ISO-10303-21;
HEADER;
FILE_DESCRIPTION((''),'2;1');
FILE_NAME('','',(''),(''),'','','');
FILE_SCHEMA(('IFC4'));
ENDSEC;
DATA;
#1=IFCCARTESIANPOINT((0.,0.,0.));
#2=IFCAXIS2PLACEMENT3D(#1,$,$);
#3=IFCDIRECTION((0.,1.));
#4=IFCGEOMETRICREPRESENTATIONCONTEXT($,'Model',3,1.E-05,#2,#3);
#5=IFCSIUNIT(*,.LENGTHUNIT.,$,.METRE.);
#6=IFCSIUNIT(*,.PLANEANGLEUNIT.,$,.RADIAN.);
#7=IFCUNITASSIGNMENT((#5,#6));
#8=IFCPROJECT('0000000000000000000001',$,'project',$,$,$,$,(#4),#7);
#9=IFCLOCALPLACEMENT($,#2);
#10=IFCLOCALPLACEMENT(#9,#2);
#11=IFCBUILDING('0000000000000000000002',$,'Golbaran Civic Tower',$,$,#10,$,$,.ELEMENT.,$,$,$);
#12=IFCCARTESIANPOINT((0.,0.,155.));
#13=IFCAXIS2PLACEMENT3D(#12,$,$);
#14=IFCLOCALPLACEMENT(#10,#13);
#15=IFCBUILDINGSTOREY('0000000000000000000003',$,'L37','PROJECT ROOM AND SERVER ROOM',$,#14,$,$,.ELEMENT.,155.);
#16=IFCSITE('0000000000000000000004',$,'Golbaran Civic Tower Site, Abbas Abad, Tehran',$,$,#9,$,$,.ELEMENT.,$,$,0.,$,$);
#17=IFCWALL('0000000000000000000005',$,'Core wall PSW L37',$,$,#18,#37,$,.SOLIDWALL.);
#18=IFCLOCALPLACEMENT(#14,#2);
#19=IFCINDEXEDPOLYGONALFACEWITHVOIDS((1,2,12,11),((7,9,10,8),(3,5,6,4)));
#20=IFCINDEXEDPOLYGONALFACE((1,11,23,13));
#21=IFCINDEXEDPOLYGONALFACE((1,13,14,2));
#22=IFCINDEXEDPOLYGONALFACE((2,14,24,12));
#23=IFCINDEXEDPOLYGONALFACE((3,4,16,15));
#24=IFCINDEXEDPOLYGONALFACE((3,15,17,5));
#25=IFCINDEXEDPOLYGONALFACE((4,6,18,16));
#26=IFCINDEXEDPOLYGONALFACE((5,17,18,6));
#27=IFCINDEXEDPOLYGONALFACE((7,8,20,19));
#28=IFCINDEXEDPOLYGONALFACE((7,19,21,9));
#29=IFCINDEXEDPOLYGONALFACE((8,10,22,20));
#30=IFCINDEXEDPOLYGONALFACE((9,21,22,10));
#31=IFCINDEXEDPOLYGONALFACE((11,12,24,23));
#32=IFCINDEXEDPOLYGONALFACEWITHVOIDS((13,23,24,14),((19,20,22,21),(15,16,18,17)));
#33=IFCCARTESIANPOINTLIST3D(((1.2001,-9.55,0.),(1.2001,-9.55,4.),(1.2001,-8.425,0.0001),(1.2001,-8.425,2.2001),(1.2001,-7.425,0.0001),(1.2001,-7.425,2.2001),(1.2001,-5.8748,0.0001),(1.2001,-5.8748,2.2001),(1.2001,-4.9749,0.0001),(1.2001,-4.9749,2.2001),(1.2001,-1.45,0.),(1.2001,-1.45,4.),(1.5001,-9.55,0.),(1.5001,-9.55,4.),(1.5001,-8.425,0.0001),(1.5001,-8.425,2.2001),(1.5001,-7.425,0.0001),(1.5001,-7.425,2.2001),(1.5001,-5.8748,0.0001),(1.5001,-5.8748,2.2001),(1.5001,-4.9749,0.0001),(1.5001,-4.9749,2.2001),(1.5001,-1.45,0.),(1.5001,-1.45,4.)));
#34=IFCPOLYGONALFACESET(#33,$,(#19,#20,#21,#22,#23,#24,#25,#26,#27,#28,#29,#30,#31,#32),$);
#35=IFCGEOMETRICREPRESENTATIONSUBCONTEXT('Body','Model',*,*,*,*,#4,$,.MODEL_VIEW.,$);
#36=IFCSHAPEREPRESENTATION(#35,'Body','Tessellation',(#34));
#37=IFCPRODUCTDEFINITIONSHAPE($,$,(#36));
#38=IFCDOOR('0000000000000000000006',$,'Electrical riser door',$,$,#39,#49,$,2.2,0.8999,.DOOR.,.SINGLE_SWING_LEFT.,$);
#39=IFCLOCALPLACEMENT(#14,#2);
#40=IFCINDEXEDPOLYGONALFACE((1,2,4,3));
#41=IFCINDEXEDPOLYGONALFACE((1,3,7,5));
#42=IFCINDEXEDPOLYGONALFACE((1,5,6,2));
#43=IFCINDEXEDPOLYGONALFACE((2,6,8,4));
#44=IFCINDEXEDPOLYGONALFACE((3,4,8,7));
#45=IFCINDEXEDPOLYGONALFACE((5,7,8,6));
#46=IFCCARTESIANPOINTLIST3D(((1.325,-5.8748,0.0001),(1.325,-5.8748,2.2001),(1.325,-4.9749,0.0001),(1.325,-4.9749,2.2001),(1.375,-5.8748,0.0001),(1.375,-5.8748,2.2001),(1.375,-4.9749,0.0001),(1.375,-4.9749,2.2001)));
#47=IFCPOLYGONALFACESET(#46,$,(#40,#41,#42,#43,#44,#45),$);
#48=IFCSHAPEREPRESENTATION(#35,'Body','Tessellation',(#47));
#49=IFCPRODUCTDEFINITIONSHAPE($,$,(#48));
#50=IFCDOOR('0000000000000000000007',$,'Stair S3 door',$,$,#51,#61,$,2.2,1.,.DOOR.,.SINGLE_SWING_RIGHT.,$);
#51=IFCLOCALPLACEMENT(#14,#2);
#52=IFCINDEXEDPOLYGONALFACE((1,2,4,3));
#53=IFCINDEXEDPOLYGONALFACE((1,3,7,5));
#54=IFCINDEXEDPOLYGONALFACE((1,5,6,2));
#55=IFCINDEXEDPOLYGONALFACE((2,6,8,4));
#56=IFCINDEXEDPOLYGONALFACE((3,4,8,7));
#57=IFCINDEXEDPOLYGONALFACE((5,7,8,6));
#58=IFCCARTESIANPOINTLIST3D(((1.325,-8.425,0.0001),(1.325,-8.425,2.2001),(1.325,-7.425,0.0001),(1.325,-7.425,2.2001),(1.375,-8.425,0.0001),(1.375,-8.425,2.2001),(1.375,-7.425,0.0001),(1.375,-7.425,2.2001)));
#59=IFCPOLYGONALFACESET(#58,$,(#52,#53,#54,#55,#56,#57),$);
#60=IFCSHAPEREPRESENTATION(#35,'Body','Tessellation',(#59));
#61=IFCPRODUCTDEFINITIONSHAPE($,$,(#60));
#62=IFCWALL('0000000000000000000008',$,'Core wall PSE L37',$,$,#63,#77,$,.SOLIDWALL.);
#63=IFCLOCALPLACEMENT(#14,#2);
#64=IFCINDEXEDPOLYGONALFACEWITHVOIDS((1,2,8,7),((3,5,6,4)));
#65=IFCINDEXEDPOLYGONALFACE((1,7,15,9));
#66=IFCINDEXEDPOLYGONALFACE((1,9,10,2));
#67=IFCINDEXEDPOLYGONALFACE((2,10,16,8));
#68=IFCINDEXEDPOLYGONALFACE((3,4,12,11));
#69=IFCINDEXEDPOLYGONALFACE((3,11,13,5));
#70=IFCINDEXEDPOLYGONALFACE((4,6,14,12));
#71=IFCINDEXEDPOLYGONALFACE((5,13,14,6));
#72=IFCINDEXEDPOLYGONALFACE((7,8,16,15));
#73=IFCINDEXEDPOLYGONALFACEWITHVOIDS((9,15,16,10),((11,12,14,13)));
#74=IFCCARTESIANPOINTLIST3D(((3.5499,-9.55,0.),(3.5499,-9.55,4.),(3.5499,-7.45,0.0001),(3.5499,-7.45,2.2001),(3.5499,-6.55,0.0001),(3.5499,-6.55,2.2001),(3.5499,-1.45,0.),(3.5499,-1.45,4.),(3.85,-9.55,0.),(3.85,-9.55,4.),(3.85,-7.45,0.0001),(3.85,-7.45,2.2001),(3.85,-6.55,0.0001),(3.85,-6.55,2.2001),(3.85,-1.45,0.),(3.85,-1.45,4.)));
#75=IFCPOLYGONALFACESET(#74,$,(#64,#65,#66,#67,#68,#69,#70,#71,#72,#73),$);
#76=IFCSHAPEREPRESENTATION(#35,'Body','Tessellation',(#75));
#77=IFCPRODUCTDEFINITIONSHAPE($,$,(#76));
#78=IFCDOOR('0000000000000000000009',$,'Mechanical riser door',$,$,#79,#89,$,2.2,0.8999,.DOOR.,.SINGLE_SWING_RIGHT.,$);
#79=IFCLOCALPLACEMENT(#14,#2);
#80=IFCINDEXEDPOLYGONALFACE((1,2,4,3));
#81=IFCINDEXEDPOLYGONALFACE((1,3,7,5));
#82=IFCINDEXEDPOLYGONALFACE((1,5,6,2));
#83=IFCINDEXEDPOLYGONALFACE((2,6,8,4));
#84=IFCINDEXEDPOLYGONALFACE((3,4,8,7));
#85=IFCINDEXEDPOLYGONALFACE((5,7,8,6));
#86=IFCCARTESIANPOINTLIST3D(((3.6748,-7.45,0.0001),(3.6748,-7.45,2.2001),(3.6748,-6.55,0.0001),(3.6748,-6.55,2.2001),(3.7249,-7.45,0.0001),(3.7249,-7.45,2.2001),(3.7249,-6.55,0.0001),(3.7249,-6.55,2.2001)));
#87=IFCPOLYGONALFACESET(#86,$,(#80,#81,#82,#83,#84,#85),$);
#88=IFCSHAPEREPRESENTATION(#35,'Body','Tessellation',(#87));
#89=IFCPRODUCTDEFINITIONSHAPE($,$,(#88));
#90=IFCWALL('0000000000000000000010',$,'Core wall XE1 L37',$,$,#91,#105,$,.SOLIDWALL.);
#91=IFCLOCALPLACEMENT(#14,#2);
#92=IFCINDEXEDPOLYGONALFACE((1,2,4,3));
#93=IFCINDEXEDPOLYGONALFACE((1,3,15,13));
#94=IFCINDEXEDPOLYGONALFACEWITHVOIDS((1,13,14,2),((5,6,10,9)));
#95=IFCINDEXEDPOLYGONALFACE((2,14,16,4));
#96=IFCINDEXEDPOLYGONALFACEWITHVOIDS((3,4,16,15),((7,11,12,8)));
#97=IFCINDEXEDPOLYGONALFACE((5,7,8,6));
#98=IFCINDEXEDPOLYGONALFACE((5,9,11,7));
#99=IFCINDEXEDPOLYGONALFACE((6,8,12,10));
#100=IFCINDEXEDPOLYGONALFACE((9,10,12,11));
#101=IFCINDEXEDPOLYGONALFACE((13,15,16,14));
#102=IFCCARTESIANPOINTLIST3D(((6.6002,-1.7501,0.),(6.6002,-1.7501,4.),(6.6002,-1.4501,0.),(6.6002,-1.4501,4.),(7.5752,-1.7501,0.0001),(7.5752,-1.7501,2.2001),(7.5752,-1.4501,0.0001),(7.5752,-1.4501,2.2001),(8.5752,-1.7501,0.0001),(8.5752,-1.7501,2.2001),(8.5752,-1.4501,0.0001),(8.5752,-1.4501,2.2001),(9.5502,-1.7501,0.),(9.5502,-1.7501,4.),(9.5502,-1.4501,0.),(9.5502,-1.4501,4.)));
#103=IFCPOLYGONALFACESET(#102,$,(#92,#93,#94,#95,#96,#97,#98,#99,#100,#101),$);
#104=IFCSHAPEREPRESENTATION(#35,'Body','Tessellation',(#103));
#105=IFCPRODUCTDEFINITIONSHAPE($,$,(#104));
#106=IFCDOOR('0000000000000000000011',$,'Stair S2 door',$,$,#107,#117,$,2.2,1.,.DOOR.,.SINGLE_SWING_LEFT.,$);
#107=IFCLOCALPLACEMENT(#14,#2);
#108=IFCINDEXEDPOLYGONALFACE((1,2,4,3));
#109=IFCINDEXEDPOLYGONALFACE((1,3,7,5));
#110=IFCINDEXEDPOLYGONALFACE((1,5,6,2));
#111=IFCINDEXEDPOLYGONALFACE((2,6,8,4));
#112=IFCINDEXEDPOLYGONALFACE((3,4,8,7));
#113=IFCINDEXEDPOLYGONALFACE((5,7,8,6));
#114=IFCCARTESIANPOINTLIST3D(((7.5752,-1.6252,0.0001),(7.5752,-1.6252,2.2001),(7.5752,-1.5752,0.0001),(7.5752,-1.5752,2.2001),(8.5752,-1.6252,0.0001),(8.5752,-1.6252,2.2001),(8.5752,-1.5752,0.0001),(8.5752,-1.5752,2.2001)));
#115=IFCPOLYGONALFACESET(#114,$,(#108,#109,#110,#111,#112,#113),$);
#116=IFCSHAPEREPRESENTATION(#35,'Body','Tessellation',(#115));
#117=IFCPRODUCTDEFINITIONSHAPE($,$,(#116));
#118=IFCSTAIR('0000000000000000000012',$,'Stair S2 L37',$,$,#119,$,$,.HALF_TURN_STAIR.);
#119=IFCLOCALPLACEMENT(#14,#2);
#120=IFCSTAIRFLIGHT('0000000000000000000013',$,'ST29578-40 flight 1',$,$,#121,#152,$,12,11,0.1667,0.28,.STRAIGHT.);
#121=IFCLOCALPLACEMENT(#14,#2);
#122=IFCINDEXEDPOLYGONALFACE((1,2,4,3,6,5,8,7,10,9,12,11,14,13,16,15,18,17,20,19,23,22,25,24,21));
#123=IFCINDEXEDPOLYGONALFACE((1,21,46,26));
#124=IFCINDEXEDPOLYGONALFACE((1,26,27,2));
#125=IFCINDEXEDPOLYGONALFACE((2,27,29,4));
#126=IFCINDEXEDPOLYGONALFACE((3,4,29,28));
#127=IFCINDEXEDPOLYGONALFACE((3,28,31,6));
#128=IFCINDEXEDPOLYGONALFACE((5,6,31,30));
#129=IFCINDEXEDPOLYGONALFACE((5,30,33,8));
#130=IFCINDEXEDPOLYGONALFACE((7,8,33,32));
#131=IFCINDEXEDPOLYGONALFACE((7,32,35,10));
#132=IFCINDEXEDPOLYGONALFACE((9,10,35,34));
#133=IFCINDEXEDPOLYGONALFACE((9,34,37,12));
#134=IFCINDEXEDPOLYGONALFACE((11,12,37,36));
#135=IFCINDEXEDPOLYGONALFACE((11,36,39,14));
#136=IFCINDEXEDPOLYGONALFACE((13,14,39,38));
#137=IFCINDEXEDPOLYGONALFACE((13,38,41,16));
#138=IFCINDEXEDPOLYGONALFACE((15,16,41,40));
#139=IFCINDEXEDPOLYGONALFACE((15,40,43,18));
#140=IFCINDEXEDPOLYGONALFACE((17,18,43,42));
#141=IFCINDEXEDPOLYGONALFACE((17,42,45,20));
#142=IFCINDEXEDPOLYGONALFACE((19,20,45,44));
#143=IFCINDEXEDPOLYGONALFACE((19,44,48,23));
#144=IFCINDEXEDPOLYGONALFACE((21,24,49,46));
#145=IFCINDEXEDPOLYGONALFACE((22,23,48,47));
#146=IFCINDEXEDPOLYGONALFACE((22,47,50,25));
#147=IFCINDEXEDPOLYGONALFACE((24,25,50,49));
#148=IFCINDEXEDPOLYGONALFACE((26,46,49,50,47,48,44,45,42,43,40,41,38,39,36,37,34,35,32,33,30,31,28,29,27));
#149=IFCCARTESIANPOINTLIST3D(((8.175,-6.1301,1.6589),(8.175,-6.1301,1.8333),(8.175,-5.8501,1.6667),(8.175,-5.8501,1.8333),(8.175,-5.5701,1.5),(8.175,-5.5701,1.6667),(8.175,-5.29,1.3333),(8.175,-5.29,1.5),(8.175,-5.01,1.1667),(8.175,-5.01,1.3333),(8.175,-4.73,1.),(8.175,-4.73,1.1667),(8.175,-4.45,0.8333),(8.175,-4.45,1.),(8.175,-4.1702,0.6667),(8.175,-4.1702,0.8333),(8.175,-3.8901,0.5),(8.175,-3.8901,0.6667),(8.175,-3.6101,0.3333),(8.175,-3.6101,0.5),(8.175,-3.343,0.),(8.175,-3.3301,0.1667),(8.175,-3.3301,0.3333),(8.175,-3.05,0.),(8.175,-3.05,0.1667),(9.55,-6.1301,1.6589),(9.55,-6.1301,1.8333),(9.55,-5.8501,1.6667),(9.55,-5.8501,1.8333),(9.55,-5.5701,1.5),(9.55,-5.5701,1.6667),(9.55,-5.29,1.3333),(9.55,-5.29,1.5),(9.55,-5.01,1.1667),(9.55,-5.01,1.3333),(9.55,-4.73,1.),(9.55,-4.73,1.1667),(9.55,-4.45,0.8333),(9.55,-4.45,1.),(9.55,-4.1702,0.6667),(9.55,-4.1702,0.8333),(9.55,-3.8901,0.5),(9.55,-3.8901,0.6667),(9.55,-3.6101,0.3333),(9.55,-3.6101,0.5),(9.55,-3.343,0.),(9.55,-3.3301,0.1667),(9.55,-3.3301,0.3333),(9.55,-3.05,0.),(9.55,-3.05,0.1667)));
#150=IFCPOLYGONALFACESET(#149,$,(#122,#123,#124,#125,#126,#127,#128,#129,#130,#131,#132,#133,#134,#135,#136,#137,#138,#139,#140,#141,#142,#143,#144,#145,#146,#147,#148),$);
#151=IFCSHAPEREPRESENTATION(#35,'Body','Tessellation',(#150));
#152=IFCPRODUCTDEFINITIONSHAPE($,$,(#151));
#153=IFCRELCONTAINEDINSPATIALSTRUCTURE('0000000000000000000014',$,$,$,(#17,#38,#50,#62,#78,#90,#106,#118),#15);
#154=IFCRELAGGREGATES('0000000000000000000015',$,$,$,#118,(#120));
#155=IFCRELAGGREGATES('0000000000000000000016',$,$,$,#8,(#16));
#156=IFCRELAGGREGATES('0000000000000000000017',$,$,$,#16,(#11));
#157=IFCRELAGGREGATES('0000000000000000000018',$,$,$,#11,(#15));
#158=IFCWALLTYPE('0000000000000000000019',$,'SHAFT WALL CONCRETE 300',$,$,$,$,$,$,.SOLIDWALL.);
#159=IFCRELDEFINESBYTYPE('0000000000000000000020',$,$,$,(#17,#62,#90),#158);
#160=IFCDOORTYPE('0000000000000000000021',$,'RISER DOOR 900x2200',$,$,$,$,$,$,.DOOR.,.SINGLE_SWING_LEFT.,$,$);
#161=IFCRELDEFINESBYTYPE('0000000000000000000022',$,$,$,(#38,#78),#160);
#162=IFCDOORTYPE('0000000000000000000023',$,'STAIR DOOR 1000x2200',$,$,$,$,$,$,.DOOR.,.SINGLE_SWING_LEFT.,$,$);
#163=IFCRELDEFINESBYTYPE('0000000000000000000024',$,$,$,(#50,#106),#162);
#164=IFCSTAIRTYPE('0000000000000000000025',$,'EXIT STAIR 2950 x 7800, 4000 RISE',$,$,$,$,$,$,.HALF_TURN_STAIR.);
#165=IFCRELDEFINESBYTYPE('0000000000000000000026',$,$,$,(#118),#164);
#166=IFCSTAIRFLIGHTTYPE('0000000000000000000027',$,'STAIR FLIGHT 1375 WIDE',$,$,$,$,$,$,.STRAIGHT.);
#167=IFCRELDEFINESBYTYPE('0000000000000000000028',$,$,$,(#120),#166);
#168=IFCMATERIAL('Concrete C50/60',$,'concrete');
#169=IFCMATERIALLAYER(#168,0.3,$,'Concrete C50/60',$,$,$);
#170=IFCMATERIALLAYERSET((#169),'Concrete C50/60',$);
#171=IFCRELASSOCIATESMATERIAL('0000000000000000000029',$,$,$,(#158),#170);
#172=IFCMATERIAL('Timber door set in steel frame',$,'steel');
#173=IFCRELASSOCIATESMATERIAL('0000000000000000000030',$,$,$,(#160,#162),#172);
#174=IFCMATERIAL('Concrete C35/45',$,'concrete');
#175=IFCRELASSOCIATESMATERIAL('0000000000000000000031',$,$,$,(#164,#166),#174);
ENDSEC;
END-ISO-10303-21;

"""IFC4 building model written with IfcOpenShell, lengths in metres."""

from ifc_helpers import new_model, si_unit, direction, frame, frame_2d, origin, place, context, subcontext, project, spatial, polyline, rectangle, outline, extrude, material, layer, layer_set, type_object, element, fill, aggregate, save


model = new_model("IFC4")

# Units and contexts
model_context = context("Model", 3, precision=1e-05, world=origin(), true_north=direction((0.0, 1.0)))
body_context = subcontext(model_context, "Body", "Model", "MODEL_VIEW")
ifc_project = project(units=[si_unit("LENGTHUNIT", "METRE"), si_unit("PLANEANGLEUNIT", "RADIAN")], contexts=[model_context])

# Site, building, storey
site_placement = place(None, origin())
site = spatial("IfcSite", under=ifc_project, at=site_placement, Name="Golbaran Civic Tower Site, Abbas Abad, Tehran", CompositionType="ELEMENT", RefElevation=0.0)
building_placement = place(site_placement, origin())
building = spatial("IfcBuilding", under=site, at=building_placement, Name="Golbaran Civic Tower", CompositionType="ELEMENT")
storey_placement = place(building_placement, frame((0.0, 0.0, 155.0)))
storey = spatial("IfcBuildingStorey", under=building, at=storey_placement, Name="L37", Description="PROJECT ROOM AND SERVER ROOM", CompositionType="ELEMENT", Elevation=155.0)

# Shared definitions
ifc_material_1 = material(Name="Concrete C35/45", Category="concrete")

# Shared definitions
ifc_material_2 = material(Name="Concrete C50/60", Category="concrete")
ifc_layer_1 = layer(ifc_material_2, 0.3, Name="Concrete C50/60")
ifc_layer_set_1 = layer_set([ifc_layer_1], Name="Concrete C50/60")
wall_type = type_object("IfcWallType", Name="SHAFT WALL CONCRETE 300", PredefinedType="SOLIDWALL", material=ifc_layer_set_1)

# Wall, openings, doors
wall_1_placement = place(storey_placement, frame((1.3501, -1.45, 0.0), z_axis=(0.0, 0.0, 1.0), x_axis=(0.0, -1.0, 0.0)))
wall_1 = element("IfcWall", 1, at=wall_1_placement, inside=storey, type_object=wall_type, Name="Core wall PSW L37", PredefinedType="SOLIDWALL", context=body_context, shape_type="SweptSolid", body=[
    extrude(rectangle(XDim=8.1001, YDim=0.3, at=frame_2d((4.05, 0.0))), origin(), (0.0, 0.0, 1.0), 4.0),
])
opening_1_placement = place(wall_1_placement, frame((5.9751, 0.0, 0.0)))
opening_1 = element("IfcOpeningElement", 2, at=opening_1_placement, cuts=wall_1, PredefinedType="OPENING", context=body_context, shape_type="SweptSolid", body=[
    extrude(rectangle(XDim=1.0, YDim=2.2, at=frame_2d((0.5, 1.1001))), frame((0.0, 0.1599, 0.0), z_axis=(0.0, -1.0, 0.0), x_axis=(1.0, 0.0, 0.0)), (0.0, 0.0, 1.0), 0.3201),
])
opening_2_placement = place(wall_1_placement, frame((3.5249, 0.0, 0.0)))
opening_2 = element("IfcOpeningElement", 3, at=opening_2_placement, cuts=wall_1, PredefinedType="OPENING", context=body_context, shape_type="SweptSolid", body=[
    extrude(rectangle(XDim=0.8999, YDim=2.2, at=frame_2d((0.45, 1.1001))), frame((0.0, 0.1599, 0.0), z_axis=(0.0, -1.0, 0.0), x_axis=(1.0, 0.0, 0.0)), (0.0, 0.0, 1.0), 0.3201),
])
ifc_material_3 = material(Name="Timber door set in steel frame", Category="steel")
door_type_1 = type_object("IfcDoorType", Name="RISER DOOR 900x2200", OperationType="SINGLE_SWING_LEFT", PredefinedType="DOOR", material=ifc_material_3)
door_1_placement = place(opening_2_placement, origin())
door_1 = element("IfcDoor", 4, at=door_1_placement, inside=storey, type_object=door_type_1, Name="Electrical riser door", OperationType="SINGLE_SWING_LEFT", OverallHeight=2.2, OverallWidth=0.8999, PredefinedType="DOOR", context=body_context, shape_type="SweptSolid", body=[
    extrude(rectangle(XDim=0.8999, YDim=2.2, at=frame_2d((0.45, 1.1001))), frame((0.0, 0.0249, 0.0), z_axis=(0.0, -1.0, 0.0), x_axis=(1.0, 0.0, 0.0)), (0.0, 0.0, 1.0), 0.05),
])
fill(opening_2, door_1)
door_type_2 = type_object("IfcDoorType", Name="STAIR DOOR 1000x2200", OperationType="SINGLE_SWING_LEFT", PredefinedType="DOOR", material=ifc_material_3)
door_2_placement = place(opening_1_placement, origin())
door_2 = element("IfcDoor", 5, at=door_2_placement, inside=storey, type_object=door_type_2, Name="Stair S3 door", OperationType="SINGLE_SWING_RIGHT", OverallHeight=2.2, OverallWidth=1.0, PredefinedType="DOOR", context=body_context, shape_type="SweptSolid", body=[
    extrude(rectangle(XDim=1.0, YDim=2.2, at=frame_2d((0.5, 1.1001))), frame((0.0, 0.0249, 0.0), z_axis=(0.0, -1.0, 0.0), x_axis=(1.0, 0.0, 0.0)), (0.0, 0.0, 1.0), 0.05),
])
fill(opening_1, door_2)

# Walls, openings, doors
wall_2_placement = place(storey_placement, frame((3.7, -1.45, 0.0), z_axis=(0.0, 0.0, 1.0), x_axis=(0.0, -1.0, 0.0)))
wall_2 = element("IfcWall", 6, at=wall_2_placement, inside=storey, type_object=wall_type, Name="Core wall PSE L37", PredefinedType="SOLIDWALL", context=body_context, shape_type="SweptSolid", body=[
    extrude(rectangle(XDim=8.1001, YDim=0.3, at=frame_2d((4.05, 0.0))), origin(), (0.0, 0.0, 1.0), 4.0),
])
opening_3_placement = place(wall_2_placement, frame((5.1001, 0.0, 0.0)))
opening_3 = element("IfcOpeningElement", 7, at=opening_3_placement, cuts=wall_2, PredefinedType="OPENING", context=body_context, shape_type="SweptSolid", body=[
    extrude(rectangle(XDim=0.8999, YDim=2.2, at=frame_2d((0.45, 1.1001))), frame((0.0, 0.1599, 0.0), z_axis=(0.0, -1.0, 0.0), x_axis=(1.0, 0.0, 0.0)), (0.0, 0.0, 1.0), 0.3201),
])
door_3_placement = place(opening_3_placement, origin())
door_3 = element("IfcDoor", 8, at=door_3_placement, inside=storey, type_object=door_type_1, Name="Mechanical riser door", OperationType="SINGLE_SWING_RIGHT", OverallHeight=2.2, OverallWidth=0.8999, PredefinedType="DOOR", context=body_context, shape_type="SweptSolid", body=[
    extrude(rectangle(XDim=0.8999, YDim=2.2, at=frame_2d((0.45, 1.1001))), frame((0.0, 0.0249, 0.0), z_axis=(0.0, -1.0, 0.0), x_axis=(1.0, 0.0, 0.0)), (0.0, 0.0, 1.0), 0.05),
])
fill(opening_3, door_3)
wall_3_placement = place(storey_placement, frame((6.6001, -1.6001, 0.0), z_axis=(0.0, 0.0, 1.0), x_axis=(1.0, 0.0, 0.0)))
wall_3 = element("IfcWall", 9, at=wall_3_placement, inside=storey, type_object=wall_type, Name="Core wall XE1 L37", PredefinedType="SOLIDWALL", context=body_context, shape_type="SweptSolid", body=[
    extrude(rectangle(XDim=2.95, YDim=0.3, at=frame_2d((1.4751, 0.0))), origin(), (0.0, 0.0, 1.0), 4.0),
])
opening_4_placement = place(wall_3_placement, frame((0.9751, 0.0, 0.0)))
opening_4 = element("IfcOpeningElement", 10, at=opening_4_placement, cuts=wall_3, PredefinedType="OPENING", context=body_context, shape_type="SweptSolid", body=[
    extrude(rectangle(XDim=1.0, YDim=2.2, at=frame_2d((0.5, 1.1001))), frame((0.0, 0.1599, 0.0), z_axis=(0.0, -1.0, 0.0), x_axis=(1.0, 0.0, 0.0)), (0.0, 0.0, 1.0), 0.3201),
])
door_4_placement = place(opening_4_placement, origin())
door_4 = element("IfcDoor", 11, at=door_4_placement, inside=storey, type_object=door_type_2, Name="Stair S2 door", OperationType="SINGLE_SWING_LEFT", OverallHeight=2.2, OverallWidth=1.0, PredefinedType="DOOR", context=body_context, shape_type="SweptSolid", body=[
    extrude(rectangle(XDim=1.0, YDim=2.2, at=frame_2d((0.5, 1.1001))), frame((0.0, 0.0249, 0.0), z_axis=(0.0, -1.0, 0.0), x_axis=(1.0, 0.0, 0.0)), (0.0, 0.0, 1.0), 0.05),
])
fill(opening_4, door_4)

# Stair, stair flight
stair_type_1 = type_object("IfcStairType", Name="EXIT STAIR 2950 x 7800, 4000 RISE", PredefinedType="HALF_TURN_STAIR", material=ifc_material_1)
stair_1_placement = place(storey_placement, origin())
stair_1 = element("IfcStair", 12, at=stair_1_placement, inside=storey, type_object=stair_type_1, Name="Stair S2 L37", PredefinedType="HALF_TURN_STAIR")
stair_flight_type = type_object("IfcStairFlightType", Name="STAIR FLIGHT 1375 WIDE", PredefinedType="STRAIGHT", material=ifc_material_1)
stair_flight_1_placement = place(storey_placement, frame((8.8625, -3.05, 0.0), z_axis=(0.0, 0.0, 1.0), x_axis=(0.0, -1.0, 0.0)))
stair_flight_1 = element("IfcStairFlight", 13, at=stair_flight_1_placement, type_object=stair_flight_type, Name="ST29578-40 flight 1", NumberOfRisers=12, NumberOfTreads=11, PredefinedType="STRAIGHT", RiserHeight=0.1667, TreadLength=0.28, context=body_context, shape_type="SweptSolid", body=[
    extrude(outline(polyline([(0.0, 0.0), (0.0, 0.1667), (0.28, 0.1667), (0.28, 0.3333), (0.5601, 0.3333), (0.5601, 0.5), (0.8401, 0.5), (0.8401, 0.6667), (1.1201, 0.6667), (1.1201, 0.8333), (1.3999, 0.8333), (1.3999, 1.0), (1.6799, 1.0), (1.6799, 1.1667), (1.96, 1.1667), (1.96, 1.3333), (2.24, 1.3333), (2.24, 1.5), (2.52, 1.5), (2.52, 1.6667), (2.8, 1.6667), (2.8, 1.8333), (3.0801, 1.8333), (3.0801, 2.0), (3.0801, 1.6589), (0.293, 0.0), (0.0, 0.0)])), frame((0.0, 0.6875, 0.0), z_axis=(0.0, -1.0, 0.0), x_axis=(1.0, 0.0, 0.0)), (0.0, 0.0, 1.0), 1.375),
])
aggregate(stair_1, [stair_flight_1])

save(model, "model.ifc")
